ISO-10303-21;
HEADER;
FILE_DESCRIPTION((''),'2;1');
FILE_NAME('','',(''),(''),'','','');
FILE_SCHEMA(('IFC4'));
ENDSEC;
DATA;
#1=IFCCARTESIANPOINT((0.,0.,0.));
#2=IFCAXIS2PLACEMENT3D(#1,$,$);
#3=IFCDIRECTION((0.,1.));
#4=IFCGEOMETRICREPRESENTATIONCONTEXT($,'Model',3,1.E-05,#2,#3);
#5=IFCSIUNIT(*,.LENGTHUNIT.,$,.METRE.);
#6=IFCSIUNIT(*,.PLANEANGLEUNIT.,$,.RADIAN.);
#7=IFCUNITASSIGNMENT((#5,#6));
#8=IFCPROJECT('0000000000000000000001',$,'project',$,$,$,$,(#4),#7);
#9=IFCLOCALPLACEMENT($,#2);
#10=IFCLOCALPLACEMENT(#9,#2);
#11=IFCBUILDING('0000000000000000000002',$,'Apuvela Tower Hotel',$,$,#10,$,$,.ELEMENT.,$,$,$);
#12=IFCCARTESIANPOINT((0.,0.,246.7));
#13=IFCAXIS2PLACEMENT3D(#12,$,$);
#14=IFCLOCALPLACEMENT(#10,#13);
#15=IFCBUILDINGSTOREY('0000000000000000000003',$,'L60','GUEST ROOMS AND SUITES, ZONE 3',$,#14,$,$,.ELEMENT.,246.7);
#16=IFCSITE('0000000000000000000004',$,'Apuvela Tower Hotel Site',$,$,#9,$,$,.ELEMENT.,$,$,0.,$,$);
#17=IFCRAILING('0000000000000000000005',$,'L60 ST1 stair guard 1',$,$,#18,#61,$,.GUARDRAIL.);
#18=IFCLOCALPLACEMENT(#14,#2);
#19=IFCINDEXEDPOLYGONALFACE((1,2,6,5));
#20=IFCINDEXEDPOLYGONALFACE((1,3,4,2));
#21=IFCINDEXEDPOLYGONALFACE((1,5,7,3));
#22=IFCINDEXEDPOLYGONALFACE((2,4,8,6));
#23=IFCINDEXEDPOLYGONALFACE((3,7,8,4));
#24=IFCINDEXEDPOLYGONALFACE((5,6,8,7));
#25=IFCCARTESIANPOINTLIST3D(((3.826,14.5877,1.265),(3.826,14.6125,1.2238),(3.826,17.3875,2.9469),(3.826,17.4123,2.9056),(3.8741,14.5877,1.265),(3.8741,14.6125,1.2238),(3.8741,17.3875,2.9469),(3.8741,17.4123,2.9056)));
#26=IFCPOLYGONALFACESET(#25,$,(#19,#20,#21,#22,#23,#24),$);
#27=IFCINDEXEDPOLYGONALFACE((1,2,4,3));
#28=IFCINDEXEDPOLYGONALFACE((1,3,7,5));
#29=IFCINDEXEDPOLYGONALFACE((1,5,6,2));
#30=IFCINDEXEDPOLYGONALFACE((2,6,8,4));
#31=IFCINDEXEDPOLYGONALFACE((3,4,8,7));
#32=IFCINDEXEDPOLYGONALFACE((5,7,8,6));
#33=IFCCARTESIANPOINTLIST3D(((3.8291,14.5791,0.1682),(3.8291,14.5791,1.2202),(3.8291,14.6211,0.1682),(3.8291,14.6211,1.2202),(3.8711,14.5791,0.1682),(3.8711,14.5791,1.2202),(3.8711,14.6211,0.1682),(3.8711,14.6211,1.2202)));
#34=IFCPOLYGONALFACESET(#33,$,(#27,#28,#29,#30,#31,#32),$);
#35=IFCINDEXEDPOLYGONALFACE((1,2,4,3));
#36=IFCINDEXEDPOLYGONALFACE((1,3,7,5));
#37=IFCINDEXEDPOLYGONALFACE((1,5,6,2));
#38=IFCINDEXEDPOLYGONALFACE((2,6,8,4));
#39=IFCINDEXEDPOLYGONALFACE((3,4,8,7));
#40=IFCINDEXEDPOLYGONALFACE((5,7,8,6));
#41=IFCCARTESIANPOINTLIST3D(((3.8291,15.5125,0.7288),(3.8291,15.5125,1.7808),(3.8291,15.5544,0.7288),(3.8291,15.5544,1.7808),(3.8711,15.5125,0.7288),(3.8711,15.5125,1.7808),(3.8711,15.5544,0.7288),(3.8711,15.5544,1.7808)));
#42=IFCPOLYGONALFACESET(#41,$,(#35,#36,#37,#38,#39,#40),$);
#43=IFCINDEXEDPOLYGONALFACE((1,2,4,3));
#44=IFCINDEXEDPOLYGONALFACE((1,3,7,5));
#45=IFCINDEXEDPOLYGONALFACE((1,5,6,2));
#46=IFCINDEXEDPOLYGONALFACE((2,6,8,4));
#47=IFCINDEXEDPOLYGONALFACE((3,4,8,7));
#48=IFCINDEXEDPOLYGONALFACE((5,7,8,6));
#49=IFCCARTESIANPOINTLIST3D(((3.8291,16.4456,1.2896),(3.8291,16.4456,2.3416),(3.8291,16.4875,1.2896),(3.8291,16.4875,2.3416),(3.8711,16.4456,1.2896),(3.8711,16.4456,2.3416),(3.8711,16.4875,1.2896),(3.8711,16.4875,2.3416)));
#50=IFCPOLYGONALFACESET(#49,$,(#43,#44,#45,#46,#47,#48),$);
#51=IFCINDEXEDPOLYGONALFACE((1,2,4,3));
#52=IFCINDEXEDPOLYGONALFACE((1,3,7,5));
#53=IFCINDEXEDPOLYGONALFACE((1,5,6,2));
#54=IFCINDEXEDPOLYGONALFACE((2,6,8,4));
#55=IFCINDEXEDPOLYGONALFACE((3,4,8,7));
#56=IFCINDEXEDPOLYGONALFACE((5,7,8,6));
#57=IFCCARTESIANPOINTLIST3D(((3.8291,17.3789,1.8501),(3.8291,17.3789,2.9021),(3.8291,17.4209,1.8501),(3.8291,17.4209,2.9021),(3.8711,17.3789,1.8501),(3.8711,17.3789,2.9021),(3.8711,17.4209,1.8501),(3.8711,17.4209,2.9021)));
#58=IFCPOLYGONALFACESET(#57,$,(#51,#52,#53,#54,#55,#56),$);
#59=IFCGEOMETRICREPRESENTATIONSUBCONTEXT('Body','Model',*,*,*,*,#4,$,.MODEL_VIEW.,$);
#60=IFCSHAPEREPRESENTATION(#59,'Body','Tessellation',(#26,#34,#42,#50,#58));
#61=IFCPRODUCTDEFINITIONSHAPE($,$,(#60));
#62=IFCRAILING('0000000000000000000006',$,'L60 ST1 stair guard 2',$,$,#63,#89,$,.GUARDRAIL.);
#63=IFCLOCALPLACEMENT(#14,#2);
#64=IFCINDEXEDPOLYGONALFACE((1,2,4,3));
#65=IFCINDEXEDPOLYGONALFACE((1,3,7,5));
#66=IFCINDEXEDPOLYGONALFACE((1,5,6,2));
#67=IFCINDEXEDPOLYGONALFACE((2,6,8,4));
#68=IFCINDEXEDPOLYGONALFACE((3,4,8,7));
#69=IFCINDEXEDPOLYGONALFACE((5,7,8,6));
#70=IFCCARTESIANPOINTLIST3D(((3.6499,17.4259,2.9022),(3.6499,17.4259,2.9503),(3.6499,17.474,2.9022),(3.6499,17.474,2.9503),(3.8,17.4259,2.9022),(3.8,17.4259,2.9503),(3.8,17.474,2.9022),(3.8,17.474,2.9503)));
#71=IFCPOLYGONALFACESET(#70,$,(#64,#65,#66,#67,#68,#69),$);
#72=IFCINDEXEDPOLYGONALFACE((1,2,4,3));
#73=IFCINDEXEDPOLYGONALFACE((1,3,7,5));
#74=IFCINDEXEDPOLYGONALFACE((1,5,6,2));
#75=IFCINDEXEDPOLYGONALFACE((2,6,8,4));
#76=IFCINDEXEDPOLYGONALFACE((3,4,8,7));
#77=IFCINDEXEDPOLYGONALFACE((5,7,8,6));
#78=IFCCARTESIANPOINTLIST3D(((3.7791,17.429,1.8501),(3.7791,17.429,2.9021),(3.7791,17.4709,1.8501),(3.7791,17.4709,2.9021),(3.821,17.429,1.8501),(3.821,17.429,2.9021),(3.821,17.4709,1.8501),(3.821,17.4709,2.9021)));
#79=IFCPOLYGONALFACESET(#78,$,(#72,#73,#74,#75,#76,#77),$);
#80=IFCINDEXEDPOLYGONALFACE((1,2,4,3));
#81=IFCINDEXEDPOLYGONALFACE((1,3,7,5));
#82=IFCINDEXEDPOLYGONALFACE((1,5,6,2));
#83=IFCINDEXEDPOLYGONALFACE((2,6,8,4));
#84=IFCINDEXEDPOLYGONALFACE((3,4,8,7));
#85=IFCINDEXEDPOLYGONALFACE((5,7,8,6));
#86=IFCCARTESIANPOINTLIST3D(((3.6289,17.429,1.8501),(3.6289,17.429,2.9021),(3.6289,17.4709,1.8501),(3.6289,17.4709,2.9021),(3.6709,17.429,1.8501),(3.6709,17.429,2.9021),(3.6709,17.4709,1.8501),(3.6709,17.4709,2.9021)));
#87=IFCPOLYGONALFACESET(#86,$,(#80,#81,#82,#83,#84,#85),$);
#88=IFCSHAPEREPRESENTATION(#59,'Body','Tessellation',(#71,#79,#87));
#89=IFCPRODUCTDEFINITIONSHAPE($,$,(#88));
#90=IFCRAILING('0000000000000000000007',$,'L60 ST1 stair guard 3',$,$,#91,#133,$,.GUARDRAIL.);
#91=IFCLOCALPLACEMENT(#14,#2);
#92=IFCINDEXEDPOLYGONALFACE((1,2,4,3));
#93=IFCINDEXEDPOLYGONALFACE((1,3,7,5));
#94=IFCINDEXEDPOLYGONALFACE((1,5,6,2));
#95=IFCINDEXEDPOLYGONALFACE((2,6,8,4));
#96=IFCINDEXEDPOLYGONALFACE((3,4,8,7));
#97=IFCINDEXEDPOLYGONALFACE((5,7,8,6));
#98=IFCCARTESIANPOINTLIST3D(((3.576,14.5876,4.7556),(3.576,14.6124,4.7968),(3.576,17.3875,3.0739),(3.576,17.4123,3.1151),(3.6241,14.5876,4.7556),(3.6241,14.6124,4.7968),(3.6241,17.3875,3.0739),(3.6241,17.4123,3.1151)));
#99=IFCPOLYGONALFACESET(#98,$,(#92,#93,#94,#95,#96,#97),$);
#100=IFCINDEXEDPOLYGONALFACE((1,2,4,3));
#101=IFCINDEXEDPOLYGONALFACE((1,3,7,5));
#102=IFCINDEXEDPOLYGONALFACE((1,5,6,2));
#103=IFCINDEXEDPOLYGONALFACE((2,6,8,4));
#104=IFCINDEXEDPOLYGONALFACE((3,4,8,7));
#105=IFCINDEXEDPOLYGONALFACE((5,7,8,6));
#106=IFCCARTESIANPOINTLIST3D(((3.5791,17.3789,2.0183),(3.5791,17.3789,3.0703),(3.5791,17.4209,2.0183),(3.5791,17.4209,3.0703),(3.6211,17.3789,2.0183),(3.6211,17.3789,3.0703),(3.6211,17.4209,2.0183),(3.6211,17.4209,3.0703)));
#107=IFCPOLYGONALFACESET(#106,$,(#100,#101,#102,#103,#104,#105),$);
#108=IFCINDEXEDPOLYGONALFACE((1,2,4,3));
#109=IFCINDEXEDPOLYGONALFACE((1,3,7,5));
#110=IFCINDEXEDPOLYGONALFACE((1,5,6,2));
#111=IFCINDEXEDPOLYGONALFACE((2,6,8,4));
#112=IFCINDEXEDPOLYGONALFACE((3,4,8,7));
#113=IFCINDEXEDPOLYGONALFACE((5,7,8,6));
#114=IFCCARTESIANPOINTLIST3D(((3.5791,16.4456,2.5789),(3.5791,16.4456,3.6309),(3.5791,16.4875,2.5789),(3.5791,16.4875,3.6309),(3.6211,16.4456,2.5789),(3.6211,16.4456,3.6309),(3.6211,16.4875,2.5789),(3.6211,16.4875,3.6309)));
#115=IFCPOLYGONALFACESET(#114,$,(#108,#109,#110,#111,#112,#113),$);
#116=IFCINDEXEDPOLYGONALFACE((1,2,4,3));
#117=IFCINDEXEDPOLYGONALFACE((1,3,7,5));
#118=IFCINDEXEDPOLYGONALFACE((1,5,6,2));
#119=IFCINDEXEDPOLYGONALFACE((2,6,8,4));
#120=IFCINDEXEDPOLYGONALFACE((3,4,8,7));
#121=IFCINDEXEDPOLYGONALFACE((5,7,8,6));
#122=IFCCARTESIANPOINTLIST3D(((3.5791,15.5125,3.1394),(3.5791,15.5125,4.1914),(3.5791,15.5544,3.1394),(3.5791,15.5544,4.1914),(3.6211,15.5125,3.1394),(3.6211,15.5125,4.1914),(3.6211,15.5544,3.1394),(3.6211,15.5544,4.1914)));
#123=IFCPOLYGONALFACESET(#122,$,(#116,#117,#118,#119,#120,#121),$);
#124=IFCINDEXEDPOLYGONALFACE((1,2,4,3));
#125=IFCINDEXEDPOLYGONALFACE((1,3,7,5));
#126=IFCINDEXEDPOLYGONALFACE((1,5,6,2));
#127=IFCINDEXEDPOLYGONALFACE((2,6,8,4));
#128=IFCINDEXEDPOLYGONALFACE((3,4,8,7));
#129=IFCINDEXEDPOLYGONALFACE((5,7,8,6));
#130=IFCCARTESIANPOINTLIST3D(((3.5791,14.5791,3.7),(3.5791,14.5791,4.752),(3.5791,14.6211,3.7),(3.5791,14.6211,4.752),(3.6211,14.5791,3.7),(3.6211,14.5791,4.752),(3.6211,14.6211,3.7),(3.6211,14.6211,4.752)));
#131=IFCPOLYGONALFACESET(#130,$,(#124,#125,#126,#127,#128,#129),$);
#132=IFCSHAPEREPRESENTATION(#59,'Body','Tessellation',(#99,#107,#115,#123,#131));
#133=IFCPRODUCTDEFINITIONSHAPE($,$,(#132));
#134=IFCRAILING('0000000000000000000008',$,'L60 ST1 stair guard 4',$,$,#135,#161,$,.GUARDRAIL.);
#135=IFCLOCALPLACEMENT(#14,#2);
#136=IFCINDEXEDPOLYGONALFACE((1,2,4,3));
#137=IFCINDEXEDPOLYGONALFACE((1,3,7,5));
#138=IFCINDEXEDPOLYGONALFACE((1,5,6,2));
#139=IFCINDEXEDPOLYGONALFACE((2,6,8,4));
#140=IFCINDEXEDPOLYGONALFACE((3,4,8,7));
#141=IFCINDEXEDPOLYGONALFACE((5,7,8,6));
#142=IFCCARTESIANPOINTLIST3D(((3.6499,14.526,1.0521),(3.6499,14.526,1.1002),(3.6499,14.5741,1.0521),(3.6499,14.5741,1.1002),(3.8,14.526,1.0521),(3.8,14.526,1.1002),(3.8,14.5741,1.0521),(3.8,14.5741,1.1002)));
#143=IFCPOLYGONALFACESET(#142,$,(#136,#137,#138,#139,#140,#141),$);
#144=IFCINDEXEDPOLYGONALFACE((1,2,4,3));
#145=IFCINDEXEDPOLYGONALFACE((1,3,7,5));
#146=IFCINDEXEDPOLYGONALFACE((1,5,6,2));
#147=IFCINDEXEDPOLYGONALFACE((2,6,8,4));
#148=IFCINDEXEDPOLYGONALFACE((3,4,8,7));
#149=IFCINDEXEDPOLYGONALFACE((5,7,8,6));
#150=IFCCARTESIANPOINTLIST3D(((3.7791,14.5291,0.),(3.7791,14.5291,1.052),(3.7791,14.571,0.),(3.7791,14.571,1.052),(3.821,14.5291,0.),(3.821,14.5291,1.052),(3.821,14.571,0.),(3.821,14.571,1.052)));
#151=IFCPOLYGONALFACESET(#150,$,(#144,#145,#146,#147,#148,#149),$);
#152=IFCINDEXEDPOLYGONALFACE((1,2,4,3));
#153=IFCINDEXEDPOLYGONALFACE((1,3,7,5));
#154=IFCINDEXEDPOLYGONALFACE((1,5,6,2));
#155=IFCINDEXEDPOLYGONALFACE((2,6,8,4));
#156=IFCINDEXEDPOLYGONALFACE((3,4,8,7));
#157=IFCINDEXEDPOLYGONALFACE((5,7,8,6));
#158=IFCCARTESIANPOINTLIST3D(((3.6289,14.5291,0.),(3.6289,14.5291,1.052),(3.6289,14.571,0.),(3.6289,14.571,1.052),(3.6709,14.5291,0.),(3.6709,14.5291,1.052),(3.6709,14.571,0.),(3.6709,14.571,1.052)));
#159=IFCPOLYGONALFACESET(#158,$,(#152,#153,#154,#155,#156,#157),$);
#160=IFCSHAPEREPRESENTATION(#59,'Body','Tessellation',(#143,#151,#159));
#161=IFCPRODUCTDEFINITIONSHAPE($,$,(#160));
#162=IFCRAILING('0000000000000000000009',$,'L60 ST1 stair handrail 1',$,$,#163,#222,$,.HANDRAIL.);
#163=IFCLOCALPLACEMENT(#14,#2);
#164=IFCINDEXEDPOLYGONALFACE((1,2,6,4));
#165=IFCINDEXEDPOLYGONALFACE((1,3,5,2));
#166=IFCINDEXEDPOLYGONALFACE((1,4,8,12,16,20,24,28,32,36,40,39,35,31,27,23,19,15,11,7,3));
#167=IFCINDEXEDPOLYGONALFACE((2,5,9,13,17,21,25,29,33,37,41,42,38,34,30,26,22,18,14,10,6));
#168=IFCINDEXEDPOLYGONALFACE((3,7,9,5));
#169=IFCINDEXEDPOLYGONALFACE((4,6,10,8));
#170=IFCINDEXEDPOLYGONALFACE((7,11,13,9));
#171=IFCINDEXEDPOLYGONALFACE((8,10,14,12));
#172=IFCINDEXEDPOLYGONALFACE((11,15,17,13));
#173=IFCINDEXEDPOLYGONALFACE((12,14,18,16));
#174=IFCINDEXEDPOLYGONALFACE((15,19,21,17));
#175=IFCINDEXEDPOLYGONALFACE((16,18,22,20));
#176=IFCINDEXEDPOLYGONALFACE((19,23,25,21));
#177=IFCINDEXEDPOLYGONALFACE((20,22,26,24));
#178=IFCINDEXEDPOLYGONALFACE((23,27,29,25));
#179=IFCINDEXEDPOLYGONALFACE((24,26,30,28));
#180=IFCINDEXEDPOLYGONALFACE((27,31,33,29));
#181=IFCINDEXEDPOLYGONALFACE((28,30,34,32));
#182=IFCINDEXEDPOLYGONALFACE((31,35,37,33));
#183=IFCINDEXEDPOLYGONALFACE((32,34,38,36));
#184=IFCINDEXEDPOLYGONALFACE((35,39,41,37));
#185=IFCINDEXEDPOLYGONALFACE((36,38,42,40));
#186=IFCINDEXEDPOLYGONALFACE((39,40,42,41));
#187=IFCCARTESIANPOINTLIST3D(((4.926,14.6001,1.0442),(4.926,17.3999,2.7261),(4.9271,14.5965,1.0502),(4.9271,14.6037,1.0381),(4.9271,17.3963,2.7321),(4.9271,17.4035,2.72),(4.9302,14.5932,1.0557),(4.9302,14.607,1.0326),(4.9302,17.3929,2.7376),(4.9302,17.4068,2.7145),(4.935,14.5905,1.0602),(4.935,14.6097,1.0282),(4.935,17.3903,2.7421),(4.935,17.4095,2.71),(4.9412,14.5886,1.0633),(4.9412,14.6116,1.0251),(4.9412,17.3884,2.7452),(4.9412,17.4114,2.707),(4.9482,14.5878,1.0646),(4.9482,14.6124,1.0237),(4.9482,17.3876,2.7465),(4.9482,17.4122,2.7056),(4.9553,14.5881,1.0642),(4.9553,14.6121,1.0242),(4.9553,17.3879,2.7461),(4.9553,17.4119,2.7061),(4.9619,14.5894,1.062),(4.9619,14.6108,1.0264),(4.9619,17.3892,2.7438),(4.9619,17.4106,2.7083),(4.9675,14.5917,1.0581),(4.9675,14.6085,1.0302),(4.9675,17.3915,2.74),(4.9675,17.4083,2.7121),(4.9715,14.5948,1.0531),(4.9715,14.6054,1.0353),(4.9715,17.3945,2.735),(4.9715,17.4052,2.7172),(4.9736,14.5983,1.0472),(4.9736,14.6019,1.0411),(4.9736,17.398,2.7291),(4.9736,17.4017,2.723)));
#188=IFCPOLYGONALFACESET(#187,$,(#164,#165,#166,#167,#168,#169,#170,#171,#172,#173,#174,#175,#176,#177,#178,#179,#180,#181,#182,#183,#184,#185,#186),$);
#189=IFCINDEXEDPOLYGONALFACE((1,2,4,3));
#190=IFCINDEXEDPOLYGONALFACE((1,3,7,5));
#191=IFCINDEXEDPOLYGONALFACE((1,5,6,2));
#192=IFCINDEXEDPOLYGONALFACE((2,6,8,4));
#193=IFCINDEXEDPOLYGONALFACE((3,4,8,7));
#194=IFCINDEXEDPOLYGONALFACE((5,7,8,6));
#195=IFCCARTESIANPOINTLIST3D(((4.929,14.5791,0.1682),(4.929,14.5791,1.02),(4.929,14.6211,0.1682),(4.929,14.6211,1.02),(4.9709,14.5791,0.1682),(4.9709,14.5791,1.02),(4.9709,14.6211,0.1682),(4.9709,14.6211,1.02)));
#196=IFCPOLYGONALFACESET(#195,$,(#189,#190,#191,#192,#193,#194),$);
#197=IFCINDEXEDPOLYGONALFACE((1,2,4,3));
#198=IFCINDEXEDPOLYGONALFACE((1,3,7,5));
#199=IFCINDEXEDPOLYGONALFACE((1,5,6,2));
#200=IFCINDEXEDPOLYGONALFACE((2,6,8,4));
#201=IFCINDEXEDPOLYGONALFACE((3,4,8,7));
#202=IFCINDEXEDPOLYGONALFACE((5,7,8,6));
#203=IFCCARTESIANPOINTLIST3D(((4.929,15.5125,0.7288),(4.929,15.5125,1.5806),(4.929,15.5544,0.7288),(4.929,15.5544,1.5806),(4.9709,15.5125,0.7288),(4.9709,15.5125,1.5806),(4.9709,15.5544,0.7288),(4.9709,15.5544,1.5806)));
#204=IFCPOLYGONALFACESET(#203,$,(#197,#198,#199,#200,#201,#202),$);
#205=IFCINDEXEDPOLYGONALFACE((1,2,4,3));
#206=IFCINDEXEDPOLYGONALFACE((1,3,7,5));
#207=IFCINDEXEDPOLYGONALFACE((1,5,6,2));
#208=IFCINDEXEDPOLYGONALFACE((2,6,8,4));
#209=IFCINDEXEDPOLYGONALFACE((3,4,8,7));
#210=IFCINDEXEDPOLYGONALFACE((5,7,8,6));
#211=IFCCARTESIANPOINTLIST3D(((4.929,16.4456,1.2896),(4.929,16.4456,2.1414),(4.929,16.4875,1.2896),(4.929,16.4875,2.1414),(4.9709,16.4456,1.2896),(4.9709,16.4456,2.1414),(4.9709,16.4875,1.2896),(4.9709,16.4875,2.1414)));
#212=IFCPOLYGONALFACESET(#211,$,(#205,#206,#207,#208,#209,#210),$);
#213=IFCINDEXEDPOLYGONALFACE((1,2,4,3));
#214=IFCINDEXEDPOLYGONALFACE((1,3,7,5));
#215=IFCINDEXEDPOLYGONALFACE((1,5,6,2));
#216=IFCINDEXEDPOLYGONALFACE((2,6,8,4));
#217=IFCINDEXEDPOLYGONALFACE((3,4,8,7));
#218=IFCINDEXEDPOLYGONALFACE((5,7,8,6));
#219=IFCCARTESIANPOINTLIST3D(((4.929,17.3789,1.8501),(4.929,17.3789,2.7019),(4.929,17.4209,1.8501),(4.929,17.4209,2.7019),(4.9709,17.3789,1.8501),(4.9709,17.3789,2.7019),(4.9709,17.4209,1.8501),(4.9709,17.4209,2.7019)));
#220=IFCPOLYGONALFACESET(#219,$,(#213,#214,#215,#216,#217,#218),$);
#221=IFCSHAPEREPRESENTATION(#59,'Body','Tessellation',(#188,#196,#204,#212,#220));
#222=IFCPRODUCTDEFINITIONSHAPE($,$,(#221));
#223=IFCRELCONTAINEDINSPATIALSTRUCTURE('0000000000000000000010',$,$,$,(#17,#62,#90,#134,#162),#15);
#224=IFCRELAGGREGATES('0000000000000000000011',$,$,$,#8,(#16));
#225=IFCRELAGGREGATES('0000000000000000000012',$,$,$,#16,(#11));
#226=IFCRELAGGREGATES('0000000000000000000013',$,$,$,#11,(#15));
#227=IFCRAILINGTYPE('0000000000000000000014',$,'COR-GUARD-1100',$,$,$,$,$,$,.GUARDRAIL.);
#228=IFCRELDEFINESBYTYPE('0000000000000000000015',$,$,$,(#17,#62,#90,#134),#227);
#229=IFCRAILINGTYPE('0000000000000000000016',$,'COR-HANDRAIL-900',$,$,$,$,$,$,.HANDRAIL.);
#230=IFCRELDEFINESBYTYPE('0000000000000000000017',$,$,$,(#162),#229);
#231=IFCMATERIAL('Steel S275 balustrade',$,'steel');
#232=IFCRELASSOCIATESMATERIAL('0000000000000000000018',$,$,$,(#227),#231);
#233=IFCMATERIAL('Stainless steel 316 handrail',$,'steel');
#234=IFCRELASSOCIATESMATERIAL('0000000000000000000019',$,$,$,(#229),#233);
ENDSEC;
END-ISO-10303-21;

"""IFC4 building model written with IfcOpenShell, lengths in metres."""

from ifc_helpers import new_model, si_unit, direction, frame, origin, origin_2d, place, context, subcontext, project, spatial, rectangle, circle, extrude, material, type_object, element, save


model = new_model("IFC4")

# Units and contexts
model_context = context("Model", 3, precision=1e-05, world=origin(), true_north=direction((0.0, 1.0)))
body_context = subcontext(model_context, "Body", "Model", "MODEL_VIEW")
ifc_project = project(units=[si_unit("LENGTHUNIT", "METRE"), si_unit("PLANEANGLEUNIT", "RADIAN")], contexts=[model_context])

# Site, building, storey
site_placement = place(None, origin())
site = spatial("IfcSite", under=ifc_project, at=site_placement, Name="Apuvela Tower Hotel Site", CompositionType="ELEMENT", RefElevation=0.0)
building_placement = place(site_placement, origin())
building = spatial("IfcBuilding", under=site, at=building_placement, Name="Apuvela Tower Hotel", CompositionType="ELEMENT")
storey_placement = place(building_placement, frame((0.0, 0.0, 246.7)))
storey = spatial("IfcBuildingStorey", under=building, at=storey_placement, Name="L60", Description="GUEST ROOMS AND SUITES, ZONE 3", CompositionType="ELEMENT", Elevation=246.7)

# Railings
ifc_material_1 = material(Name="Steel S275 balustrade", Category="steel")
railing_type_1 = type_object("IfcRailingType", Name="COR-GUARD-1100", PredefinedType="GUARDRAIL", material=ifc_material_1)
railing_1_placement = place(storey_placement, frame((3.8501, 14.6001, 0.1682)))
element("IfcRailing", 1, at=railing_1_placement, inside=storey, type_object=railing_type_1, Name="L60 ST1 stair guard 1", PredefinedType="GUARDRAIL", context=body_context, shape_type="SweptSolid", body=[
    extrude(rectangle(XDim=0.0481, YDim=0.0481, at=origin_2d()), frame((0.0, 0.0, 1.0762), z_axis=(0.0, 0.857222, 0.514946), x_axis=(-1.0, 0.0, 0.0)), (0.0, 0.0, 1.0), 3.2661),
    extrude(rectangle(XDim=0.042, YDim=0.042, at=origin_2d()), origin(), (0.0, 0.0, 1.0), 1.052),
    extrude(rectangle(XDim=0.042, YDim=0.042, at=origin_2d()), frame((0.0, 0.9333, 0.5605)), (0.0, 0.0, 1.0), 1.052),
    extrude(rectangle(XDim=0.042, YDim=0.042, at=origin_2d()), frame((0.0, 1.8665, 1.1213)), (0.0, 0.0, 1.0), 1.052),
    extrude(rectangle(XDim=0.042, YDim=0.042, at=origin_2d()), frame((0.0, 2.7998, 1.6819)), (0.0, 0.0, 1.0), 1.052),
])
railing_2_placement = place(storey_placement, frame((3.8, 17.45, 1.8501)))
element("IfcRailing", 2, at=railing_2_placement, inside=storey, type_object=railing_type_1, Name="L60 ST1 stair guard 2", PredefinedType="GUARDRAIL", context=body_context, shape_type="SweptSolid", body=[
    extrude(rectangle(XDim=0.0481, YDim=0.0481, at=origin_2d()), frame((0.0, 0.0, 1.0762), z_axis=(-1.0, 0.0, 0.0), x_axis=(0.0, -1.0, 0.0)), (0.0, 0.0, 1.0), 0.1501),
    extrude(rectangle(XDim=0.042, YDim=0.042, at=origin_2d()), origin(), (0.0, 0.0, 1.0), 1.052),
    extrude(rectangle(XDim=0.042, YDim=0.042, at=origin_2d()), frame((-0.1501, 0.0, 0.0)), (0.0, 0.0, 1.0), 1.052),
])
railing_3_placement = place(storey_placement, frame((3.6001, 17.3999, 2.0183)))
element("IfcRailing", 3, at=railing_3_placement, inside=storey, type_object=railing_type_1, Name="L60 ST1 stair guard 3", PredefinedType="GUARDRAIL", context=body_context, shape_type="SweptSolid", body=[
    extrude(rectangle(XDim=0.0481, YDim=0.0481, at=origin_2d()), frame((0.0, 0.0, 1.0762), z_axis=(0.0, -0.857255, 0.514891), x_axis=(1.0, 0.0, 0.0)), (0.0, 0.0, 1.0), 3.2661),
    extrude(rectangle(XDim=0.042, YDim=0.042, at=origin_2d()), origin(), (0.0, 0.0, 1.0), 1.052),
    extrude(rectangle(XDim=0.042, YDim=0.042, at=origin_2d()), frame((0.0, -0.9333, 0.5605)), (0.0, 0.0, 1.0), 1.052),
    extrude(rectangle(XDim=0.042, YDim=0.042, at=origin_2d()), frame((0.0, -1.8665, 1.1211)), (0.0, 0.0, 1.0), 1.052),
    extrude(rectangle(XDim=0.042, YDim=0.042, at=origin_2d()), frame((0.0, -2.7998, 1.6816)), (0.0, 0.0, 1.0), 1.052),
])
railing_4_placement = place(storey_placement, frame((3.8, 14.55, 0.0)))
element("IfcRailing", 4, at=railing_4_placement, inside=storey, type_object=railing_type_1, Name="L60 ST1 stair guard 4", PredefinedType="GUARDRAIL", context=body_context, shape_type="SweptSolid", body=[
    extrude(rectangle(XDim=0.0481, YDim=0.0481, at=origin_2d()), frame((0.0, 0.0, 1.0762), z_axis=(-1.0, 0.0, 0.0), x_axis=(0.0, -1.0, 0.0)), (0.0, 0.0, 1.0), 0.1501),
    extrude(rectangle(XDim=0.042, YDim=0.042, at=origin_2d()), origin(), (0.0, 0.0, 1.0), 1.052),
    extrude(rectangle(XDim=0.042, YDim=0.042, at=origin_2d()), frame((-0.1501, 0.0, 0.0)), (0.0, 0.0, 1.0), 1.052),
])
ifc_material_2 = material(Name="Stainless steel 316 handrail", Category="steel")
railing_type_2 = type_object("IfcRailingType", Name="COR-HANDRAIL-900", PredefinedType="HANDRAIL", material=ifc_material_2)
railing_5_placement = place(storey_placement, frame((4.95, 14.6001, 0.1682)))
element("IfcRailing", 5, at=railing_5_placement, inside=storey, type_object=railing_type_2, Name="L60 ST1 stair handrail 1", PredefinedType="HANDRAIL", context=body_context, shape_type="SweptSolid", body=[
    extrude(circle(Radius=0.0239, at=origin_2d()), frame((0.0, 0.0, 0.876), z_axis=(0.0, 0.857222, 0.514946), x_axis=(-1.0, 0.0, 0.0)), (0.0, 0.0, 1.0), 3.2661),
    extrude(rectangle(XDim=0.042, YDim=0.042, at=origin_2d()), origin(), (0.0, 0.0, 1.0), 0.8518),
    extrude(rectangle(XDim=0.042, YDim=0.042, at=origin_2d()), frame((0.0, 0.9333, 0.5605)), (0.0, 0.0, 1.0), 0.8518),
    extrude(rectangle(XDim=0.042, YDim=0.042, at=origin_2d()), frame((0.0, 1.8665, 1.1213)), (0.0, 0.0, 1.0), 0.8518),
    extrude(rectangle(XDim=0.042, YDim=0.042, at=origin_2d()), frame((0.0, 2.7998, 1.6819)), (0.0, 0.0, 1.0), 0.8518),
])

save(model, "model.ifc")
